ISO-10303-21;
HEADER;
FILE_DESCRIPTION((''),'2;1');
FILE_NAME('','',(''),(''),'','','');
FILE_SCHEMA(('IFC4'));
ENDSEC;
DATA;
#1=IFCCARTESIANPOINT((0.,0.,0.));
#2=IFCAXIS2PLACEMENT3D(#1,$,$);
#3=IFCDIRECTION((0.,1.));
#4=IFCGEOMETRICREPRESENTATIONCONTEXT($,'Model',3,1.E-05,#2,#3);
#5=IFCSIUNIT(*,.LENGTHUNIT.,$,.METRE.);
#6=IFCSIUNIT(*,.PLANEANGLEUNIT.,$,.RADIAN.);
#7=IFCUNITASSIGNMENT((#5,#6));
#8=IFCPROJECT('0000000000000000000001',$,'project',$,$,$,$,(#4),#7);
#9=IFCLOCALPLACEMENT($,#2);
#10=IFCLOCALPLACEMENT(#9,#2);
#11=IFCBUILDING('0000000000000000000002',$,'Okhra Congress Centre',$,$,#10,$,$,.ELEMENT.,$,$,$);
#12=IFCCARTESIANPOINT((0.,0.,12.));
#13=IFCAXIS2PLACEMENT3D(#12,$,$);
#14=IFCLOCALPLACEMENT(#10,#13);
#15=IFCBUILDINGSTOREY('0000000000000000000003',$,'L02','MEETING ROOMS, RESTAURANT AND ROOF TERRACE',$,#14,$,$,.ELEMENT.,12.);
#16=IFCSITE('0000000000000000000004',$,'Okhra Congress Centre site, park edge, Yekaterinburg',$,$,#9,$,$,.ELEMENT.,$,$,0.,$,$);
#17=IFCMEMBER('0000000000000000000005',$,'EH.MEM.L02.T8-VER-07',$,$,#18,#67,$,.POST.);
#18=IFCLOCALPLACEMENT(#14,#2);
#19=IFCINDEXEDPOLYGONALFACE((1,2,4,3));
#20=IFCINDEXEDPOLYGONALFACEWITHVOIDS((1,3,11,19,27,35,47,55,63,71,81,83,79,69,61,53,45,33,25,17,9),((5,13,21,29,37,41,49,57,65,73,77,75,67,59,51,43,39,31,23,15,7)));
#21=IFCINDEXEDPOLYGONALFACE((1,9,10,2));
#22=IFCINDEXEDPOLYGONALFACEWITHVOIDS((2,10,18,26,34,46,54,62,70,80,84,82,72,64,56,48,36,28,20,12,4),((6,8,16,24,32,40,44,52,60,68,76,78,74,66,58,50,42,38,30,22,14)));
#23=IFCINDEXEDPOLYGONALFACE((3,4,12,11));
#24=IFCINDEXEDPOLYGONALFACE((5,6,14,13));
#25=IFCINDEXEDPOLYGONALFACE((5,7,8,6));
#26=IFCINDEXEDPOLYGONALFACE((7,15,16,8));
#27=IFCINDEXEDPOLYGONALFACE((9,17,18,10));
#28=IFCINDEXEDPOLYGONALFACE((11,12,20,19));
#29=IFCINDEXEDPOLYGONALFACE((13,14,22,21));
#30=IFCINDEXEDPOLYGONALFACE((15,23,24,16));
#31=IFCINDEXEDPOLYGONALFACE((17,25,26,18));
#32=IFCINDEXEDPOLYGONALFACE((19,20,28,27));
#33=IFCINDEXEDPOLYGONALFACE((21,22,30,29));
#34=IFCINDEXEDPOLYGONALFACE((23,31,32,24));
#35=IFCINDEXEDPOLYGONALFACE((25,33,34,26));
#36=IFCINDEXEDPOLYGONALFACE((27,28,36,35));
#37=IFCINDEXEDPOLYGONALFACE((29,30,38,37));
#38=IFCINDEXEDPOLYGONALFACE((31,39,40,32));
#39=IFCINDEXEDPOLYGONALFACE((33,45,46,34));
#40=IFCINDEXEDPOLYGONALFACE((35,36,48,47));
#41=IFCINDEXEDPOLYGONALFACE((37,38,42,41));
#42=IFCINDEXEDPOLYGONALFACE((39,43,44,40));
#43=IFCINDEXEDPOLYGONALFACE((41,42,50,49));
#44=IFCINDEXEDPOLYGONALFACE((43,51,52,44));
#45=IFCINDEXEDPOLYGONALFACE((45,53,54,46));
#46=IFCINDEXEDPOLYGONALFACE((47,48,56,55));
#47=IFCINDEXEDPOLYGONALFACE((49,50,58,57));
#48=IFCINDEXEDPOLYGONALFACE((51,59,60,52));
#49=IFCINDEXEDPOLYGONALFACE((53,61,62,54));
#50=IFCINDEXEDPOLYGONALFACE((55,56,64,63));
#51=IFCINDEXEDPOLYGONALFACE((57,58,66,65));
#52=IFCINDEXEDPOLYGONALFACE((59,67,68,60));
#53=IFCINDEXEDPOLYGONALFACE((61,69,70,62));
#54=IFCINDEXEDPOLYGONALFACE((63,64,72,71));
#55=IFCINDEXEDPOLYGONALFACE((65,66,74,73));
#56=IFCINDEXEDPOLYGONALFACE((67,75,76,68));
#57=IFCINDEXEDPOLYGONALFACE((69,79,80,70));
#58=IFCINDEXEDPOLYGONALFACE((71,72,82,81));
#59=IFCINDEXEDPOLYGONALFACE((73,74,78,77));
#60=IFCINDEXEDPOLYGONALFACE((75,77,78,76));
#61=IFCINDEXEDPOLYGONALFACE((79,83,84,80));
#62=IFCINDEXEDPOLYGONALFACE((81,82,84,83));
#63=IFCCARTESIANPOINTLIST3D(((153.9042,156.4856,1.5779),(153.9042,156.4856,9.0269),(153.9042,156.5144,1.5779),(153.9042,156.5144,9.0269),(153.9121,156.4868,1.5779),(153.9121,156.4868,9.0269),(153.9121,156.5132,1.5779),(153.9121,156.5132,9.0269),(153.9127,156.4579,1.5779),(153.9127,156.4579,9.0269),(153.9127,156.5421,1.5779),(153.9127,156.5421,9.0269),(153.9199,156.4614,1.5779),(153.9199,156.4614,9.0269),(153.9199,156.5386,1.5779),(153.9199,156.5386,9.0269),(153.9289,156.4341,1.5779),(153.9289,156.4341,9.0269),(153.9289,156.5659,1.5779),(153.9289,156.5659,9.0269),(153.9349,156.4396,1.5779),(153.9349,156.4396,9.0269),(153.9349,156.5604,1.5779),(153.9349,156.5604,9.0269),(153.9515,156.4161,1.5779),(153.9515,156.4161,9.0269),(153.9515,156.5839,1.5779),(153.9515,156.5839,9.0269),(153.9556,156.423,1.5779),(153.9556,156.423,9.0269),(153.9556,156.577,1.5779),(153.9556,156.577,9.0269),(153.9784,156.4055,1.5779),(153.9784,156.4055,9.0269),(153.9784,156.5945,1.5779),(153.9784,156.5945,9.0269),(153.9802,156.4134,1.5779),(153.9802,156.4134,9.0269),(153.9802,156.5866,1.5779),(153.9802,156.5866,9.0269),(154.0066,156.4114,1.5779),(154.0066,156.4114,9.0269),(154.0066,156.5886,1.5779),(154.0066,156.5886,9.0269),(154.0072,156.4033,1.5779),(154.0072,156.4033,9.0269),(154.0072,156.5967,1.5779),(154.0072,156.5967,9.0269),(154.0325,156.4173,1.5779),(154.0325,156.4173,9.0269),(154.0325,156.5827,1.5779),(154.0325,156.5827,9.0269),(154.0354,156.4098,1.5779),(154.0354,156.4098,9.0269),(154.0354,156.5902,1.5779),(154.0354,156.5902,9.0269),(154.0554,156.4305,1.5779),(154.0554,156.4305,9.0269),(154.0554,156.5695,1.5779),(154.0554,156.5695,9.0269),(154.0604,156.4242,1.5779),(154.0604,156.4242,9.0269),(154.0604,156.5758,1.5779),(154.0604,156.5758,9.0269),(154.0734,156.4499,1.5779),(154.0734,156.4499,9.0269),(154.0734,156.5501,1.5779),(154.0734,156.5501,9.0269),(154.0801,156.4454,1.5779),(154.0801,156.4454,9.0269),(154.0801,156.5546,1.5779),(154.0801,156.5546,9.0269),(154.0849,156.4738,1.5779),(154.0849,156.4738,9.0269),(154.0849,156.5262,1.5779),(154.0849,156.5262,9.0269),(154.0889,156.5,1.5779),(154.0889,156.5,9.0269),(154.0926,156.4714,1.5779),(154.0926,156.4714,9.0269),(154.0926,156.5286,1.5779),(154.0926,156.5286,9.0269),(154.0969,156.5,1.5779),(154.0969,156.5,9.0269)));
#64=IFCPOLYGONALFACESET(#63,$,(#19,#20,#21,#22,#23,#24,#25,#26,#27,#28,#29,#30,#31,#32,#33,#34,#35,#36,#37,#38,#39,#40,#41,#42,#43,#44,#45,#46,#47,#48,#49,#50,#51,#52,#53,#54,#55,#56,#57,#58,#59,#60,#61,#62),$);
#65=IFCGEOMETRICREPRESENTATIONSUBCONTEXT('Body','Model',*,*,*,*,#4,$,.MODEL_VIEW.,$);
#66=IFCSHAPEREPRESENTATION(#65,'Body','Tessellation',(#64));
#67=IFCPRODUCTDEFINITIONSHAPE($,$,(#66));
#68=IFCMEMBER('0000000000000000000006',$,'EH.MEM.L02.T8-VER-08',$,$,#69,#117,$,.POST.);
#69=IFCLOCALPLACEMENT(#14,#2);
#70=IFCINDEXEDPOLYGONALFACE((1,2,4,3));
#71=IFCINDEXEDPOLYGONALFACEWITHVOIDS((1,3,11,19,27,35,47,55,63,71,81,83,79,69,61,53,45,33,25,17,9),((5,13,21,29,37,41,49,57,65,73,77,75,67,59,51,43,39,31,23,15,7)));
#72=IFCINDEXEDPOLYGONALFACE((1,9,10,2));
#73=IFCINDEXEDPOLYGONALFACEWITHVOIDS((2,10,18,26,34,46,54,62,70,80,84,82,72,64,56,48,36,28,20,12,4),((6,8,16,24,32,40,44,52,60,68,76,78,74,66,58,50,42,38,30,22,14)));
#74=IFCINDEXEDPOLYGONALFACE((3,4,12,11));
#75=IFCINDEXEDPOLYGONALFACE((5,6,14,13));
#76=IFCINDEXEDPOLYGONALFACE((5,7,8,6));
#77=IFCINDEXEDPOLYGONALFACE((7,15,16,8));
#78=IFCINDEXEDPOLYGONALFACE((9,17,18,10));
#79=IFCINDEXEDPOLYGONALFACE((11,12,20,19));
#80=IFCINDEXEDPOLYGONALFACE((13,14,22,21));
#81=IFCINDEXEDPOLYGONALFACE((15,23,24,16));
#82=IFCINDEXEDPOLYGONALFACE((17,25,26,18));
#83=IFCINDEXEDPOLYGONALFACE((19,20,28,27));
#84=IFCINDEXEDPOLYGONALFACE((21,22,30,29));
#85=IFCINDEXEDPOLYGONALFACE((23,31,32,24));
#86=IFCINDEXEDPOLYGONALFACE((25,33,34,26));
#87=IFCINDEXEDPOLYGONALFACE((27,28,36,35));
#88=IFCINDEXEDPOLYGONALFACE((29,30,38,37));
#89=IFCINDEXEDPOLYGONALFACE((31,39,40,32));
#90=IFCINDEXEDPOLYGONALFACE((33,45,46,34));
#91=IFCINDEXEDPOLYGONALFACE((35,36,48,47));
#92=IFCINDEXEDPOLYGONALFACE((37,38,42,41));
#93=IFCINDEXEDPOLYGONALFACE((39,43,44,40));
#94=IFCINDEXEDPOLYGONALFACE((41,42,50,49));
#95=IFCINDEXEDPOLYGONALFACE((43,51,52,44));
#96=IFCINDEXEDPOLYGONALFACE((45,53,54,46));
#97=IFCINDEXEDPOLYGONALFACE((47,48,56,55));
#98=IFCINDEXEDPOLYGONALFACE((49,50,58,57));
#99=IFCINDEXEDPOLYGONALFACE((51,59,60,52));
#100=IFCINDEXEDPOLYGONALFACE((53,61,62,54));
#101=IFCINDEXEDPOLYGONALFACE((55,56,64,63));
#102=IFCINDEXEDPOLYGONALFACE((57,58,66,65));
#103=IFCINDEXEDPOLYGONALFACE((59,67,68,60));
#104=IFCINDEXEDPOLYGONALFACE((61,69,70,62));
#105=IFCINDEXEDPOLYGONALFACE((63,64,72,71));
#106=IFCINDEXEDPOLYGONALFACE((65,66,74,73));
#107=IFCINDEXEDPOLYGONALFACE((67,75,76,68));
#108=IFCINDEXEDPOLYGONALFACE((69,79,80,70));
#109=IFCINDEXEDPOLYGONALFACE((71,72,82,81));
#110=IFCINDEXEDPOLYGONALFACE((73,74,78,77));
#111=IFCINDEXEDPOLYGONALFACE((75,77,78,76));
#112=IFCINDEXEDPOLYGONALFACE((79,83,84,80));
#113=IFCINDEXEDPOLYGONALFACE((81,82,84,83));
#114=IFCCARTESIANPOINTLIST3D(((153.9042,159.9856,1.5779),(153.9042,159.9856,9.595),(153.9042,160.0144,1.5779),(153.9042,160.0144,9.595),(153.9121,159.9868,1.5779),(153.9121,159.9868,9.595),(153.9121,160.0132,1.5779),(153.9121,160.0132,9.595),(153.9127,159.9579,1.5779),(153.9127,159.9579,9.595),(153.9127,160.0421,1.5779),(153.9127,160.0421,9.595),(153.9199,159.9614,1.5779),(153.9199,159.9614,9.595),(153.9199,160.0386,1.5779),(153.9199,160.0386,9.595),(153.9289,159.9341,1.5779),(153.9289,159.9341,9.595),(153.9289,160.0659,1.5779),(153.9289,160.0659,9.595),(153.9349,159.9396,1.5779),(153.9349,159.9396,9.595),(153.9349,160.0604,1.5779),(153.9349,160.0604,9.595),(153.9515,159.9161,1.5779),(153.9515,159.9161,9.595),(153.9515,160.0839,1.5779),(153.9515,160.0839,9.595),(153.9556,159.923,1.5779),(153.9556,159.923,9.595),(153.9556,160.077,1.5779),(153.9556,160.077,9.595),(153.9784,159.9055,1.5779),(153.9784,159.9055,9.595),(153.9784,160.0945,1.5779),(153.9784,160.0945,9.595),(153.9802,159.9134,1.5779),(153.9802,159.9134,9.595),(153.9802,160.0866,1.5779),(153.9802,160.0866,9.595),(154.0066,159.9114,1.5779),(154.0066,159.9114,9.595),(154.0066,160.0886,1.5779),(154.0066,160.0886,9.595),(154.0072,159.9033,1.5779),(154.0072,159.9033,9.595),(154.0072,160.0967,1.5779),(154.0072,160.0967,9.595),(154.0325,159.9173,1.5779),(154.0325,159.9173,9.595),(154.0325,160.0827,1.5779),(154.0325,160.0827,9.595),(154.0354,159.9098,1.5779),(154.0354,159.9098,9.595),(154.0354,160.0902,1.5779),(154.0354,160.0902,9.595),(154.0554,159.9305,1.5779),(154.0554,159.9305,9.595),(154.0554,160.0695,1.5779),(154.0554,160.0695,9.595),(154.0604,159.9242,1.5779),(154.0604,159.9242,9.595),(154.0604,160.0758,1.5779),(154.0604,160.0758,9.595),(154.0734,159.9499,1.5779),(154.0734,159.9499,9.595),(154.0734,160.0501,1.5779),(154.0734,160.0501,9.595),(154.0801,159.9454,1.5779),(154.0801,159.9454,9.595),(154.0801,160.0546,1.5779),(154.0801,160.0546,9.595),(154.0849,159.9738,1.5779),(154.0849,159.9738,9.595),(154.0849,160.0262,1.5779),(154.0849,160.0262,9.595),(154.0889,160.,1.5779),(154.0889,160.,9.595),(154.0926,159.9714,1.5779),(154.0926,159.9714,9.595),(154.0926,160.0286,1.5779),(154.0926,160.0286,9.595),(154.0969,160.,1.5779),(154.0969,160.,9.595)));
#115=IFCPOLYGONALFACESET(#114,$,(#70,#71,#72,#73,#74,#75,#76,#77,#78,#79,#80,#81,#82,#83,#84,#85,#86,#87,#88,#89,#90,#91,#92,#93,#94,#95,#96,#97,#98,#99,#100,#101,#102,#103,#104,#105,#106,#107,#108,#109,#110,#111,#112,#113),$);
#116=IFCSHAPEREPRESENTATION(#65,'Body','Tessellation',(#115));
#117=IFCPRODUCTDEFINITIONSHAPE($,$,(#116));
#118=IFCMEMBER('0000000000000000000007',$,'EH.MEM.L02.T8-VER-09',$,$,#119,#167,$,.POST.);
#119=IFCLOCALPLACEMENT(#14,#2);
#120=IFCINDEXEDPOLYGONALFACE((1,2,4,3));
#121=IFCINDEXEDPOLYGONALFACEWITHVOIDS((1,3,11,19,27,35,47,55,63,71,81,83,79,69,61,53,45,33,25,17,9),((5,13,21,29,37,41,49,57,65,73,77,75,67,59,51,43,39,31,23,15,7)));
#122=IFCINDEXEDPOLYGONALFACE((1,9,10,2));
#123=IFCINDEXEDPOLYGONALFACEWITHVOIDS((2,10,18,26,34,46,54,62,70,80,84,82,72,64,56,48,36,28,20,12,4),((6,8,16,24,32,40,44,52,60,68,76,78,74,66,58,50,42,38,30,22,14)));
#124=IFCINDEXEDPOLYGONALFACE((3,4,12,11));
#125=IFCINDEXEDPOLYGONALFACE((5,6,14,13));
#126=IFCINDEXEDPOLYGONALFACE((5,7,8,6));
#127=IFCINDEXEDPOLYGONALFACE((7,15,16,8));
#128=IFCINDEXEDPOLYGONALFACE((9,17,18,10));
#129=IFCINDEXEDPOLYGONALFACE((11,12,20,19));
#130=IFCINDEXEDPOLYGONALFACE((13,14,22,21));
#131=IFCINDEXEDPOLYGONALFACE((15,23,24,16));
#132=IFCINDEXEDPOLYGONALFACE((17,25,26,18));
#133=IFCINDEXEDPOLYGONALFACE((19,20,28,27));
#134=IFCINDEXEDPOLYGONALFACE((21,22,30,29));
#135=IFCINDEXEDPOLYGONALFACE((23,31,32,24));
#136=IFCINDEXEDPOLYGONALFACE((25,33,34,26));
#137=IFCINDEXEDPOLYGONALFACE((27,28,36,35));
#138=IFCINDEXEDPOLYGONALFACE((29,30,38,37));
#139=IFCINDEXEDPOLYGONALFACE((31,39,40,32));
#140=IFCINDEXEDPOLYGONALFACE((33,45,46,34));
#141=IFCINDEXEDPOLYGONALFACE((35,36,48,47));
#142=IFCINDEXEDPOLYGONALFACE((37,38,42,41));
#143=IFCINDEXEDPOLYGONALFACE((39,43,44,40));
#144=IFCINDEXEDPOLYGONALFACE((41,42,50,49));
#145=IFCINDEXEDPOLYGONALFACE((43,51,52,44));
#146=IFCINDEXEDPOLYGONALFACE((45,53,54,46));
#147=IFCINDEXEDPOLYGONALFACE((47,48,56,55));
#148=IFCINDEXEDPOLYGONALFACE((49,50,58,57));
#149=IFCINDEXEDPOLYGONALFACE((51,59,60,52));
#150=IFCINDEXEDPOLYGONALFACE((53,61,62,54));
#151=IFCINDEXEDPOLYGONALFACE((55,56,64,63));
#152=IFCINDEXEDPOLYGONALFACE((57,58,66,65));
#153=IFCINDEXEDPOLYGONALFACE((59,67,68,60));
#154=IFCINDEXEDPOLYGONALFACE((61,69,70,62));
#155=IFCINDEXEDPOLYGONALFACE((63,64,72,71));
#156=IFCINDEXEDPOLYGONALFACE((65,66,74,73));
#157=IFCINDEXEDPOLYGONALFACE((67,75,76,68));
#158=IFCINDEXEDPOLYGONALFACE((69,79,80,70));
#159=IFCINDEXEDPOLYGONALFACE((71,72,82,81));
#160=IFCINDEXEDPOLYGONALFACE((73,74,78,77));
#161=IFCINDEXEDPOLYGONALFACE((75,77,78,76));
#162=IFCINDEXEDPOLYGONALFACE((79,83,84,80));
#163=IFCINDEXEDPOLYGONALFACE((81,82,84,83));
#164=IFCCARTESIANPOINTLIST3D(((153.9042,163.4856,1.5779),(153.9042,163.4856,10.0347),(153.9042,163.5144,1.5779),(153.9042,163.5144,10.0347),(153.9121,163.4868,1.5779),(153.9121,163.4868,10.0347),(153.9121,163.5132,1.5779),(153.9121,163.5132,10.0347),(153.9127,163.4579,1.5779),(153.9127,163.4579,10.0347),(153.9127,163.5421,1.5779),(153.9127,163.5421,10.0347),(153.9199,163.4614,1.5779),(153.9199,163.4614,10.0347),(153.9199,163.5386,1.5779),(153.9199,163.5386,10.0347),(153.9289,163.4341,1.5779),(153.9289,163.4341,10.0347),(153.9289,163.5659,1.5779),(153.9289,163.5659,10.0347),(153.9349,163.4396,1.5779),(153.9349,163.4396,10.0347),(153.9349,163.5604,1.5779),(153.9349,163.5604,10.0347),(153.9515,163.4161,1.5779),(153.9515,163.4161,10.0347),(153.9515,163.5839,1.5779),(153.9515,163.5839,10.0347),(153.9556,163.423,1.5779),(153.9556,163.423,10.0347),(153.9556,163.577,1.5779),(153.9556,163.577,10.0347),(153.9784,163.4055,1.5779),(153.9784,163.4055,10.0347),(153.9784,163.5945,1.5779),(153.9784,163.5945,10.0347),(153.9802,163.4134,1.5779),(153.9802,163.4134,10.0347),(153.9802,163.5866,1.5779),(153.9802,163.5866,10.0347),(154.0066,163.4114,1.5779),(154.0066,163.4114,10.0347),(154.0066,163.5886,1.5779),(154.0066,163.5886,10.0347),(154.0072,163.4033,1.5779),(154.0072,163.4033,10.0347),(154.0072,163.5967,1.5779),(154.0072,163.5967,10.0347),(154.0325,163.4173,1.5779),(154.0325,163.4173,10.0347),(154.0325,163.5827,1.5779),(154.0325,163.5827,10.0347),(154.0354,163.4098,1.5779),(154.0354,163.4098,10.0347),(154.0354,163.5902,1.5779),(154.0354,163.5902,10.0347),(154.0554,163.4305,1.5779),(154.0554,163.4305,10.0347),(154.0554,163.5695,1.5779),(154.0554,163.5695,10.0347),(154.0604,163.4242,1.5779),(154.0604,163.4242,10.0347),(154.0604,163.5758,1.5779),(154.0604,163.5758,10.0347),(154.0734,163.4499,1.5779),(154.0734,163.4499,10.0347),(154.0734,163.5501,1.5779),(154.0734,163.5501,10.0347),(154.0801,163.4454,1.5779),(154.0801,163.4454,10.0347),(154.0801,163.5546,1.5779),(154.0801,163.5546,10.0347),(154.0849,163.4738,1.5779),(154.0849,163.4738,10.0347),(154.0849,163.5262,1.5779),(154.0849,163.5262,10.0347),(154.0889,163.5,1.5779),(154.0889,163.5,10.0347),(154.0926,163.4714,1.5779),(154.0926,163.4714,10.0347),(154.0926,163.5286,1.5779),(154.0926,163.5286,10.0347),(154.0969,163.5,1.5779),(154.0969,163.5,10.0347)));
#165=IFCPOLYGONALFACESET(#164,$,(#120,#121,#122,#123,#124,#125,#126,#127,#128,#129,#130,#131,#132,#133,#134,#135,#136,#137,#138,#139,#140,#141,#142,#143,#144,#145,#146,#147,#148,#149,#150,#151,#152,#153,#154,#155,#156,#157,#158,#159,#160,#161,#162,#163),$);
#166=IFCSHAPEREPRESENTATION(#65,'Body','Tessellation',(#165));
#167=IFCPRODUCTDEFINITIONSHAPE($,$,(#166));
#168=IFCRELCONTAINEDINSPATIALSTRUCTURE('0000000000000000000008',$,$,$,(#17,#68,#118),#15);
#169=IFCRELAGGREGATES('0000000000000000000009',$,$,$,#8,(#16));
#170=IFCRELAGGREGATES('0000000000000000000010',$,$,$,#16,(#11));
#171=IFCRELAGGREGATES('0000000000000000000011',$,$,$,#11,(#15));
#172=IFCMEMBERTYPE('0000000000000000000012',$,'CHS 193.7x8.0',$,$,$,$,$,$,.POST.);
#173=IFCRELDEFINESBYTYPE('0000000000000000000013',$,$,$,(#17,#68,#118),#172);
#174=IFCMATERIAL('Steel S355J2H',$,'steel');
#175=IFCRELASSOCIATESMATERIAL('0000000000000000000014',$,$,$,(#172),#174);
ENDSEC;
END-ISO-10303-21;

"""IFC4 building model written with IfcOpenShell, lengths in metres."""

from ifc_helpers import new_model, si_unit, direction, frame, origin, origin_2d, place, context, subcontext, project, spatial, hollow_circle, extrude, material, material_profile, profile_set, type_object, element, save


model = new_model("IFC4")

# Units and contexts
model_context = context("Model", 3, precision=1e-05, world=origin(), true_north=direction((0.0, 1.0)))
body_context = subcontext(model_context, "Body", "Model", "MODEL_VIEW")
ifc_project = project(units=[si_unit("LENGTHUNIT", "METRE"), si_unit("PLANEANGLEUNIT", "RADIAN")], contexts=[model_context])

# Site, building, storey
site_placement = place(None, origin())
site = spatial("IfcSite", under=ifc_project, at=site_placement, Name="Okhra Congress Centre site, park edge, Yekaterinburg", CompositionType="ELEMENT", RefElevation=0.0)
building_placement = place(site_placement, origin())
building = spatial("IfcBuilding", under=site, at=building_placement, Name="Okhra Congress Centre", CompositionType="ELEMENT")
storey_placement = place(building_placement, frame((0.0, 0.0, 12.0)))
storey = spatial("IfcBuildingStorey", under=building, at=storey_placement, Name="L02", Description="MEETING ROOMS, RESTAURANT AND ROOF TERRACE", CompositionType="ELEMENT", Elevation=12.0)

# Members
ifc_material_1 = material(Name="Steel S355J2H", Category="steel")
ifc_material_profile_1 = material_profile(ifc_material_1, hollow_circle(Radius=0.0969, WallThickness=0.0081, at=origin_2d()), Name="CHS 193.7x8.0")
ifc_profile_set_1 = profile_set([ifc_material_profile_1], Name="Steel S355J2H")
member_type_1 = type_object("IfcMemberType", Name="CHS 193.7x8.0", PredefinedType="POST", material=ifc_profile_set_1)
member_1_placement = place(storey_placement, frame((154.0, 156.5, 1.5779), z_axis=(0.0, 0.0, 1.0), x_axis=(1.0, 0.0, 0.0)))
element("IfcMember", 1, at=member_1_placement, inside=storey, type_object=member_type_1, Name="EH.MEM.L02.T8-VER-07", PredefinedType="POST", context=body_context, shape_type="SweptSolid", body=[
    extrude(hollow_circle(Radius=0.0969, WallThickness=0.0081, at=origin_2d()), origin(), (0.0, 0.0, 1.0), 7.449),
])
member_2_placement = place(storey_placement, frame((154.0, 160.0, 1.5779), z_axis=(0.0, 0.0, 1.0), x_axis=(1.0, 0.0, 0.0)))
element("IfcMember", 2, at=member_2_placement, inside=storey, type_object=member_type_1, Name="EH.MEM.L02.T8-VER-08", PredefinedType="POST", context=body_context, shape_type="SweptSolid", body=[
    extrude(hollow_circle(Radius=0.0969, WallThickness=0.0081, at=origin_2d()), origin(), (0.0, 0.0, 1.0), 8.0171),
])
member_3_placement = place(storey_placement, frame((154.0, 163.5, 1.5779), z_axis=(0.0, 0.0, 1.0), x_axis=(1.0, 0.0, 0.0)))
element("IfcMember", 3, at=member_3_placement, inside=storey, type_object=member_type_1, Name="EH.MEM.L02.T8-VER-09", PredefinedType="POST", context=body_context, shape_type="SweptSolid", body=[
    extrude(hollow_circle(Radius=0.0969, WallThickness=0.0081, at=origin_2d()), origin(), (0.0, 0.0, 1.0), 8.4568),
])

save(model, "model.ifc")
